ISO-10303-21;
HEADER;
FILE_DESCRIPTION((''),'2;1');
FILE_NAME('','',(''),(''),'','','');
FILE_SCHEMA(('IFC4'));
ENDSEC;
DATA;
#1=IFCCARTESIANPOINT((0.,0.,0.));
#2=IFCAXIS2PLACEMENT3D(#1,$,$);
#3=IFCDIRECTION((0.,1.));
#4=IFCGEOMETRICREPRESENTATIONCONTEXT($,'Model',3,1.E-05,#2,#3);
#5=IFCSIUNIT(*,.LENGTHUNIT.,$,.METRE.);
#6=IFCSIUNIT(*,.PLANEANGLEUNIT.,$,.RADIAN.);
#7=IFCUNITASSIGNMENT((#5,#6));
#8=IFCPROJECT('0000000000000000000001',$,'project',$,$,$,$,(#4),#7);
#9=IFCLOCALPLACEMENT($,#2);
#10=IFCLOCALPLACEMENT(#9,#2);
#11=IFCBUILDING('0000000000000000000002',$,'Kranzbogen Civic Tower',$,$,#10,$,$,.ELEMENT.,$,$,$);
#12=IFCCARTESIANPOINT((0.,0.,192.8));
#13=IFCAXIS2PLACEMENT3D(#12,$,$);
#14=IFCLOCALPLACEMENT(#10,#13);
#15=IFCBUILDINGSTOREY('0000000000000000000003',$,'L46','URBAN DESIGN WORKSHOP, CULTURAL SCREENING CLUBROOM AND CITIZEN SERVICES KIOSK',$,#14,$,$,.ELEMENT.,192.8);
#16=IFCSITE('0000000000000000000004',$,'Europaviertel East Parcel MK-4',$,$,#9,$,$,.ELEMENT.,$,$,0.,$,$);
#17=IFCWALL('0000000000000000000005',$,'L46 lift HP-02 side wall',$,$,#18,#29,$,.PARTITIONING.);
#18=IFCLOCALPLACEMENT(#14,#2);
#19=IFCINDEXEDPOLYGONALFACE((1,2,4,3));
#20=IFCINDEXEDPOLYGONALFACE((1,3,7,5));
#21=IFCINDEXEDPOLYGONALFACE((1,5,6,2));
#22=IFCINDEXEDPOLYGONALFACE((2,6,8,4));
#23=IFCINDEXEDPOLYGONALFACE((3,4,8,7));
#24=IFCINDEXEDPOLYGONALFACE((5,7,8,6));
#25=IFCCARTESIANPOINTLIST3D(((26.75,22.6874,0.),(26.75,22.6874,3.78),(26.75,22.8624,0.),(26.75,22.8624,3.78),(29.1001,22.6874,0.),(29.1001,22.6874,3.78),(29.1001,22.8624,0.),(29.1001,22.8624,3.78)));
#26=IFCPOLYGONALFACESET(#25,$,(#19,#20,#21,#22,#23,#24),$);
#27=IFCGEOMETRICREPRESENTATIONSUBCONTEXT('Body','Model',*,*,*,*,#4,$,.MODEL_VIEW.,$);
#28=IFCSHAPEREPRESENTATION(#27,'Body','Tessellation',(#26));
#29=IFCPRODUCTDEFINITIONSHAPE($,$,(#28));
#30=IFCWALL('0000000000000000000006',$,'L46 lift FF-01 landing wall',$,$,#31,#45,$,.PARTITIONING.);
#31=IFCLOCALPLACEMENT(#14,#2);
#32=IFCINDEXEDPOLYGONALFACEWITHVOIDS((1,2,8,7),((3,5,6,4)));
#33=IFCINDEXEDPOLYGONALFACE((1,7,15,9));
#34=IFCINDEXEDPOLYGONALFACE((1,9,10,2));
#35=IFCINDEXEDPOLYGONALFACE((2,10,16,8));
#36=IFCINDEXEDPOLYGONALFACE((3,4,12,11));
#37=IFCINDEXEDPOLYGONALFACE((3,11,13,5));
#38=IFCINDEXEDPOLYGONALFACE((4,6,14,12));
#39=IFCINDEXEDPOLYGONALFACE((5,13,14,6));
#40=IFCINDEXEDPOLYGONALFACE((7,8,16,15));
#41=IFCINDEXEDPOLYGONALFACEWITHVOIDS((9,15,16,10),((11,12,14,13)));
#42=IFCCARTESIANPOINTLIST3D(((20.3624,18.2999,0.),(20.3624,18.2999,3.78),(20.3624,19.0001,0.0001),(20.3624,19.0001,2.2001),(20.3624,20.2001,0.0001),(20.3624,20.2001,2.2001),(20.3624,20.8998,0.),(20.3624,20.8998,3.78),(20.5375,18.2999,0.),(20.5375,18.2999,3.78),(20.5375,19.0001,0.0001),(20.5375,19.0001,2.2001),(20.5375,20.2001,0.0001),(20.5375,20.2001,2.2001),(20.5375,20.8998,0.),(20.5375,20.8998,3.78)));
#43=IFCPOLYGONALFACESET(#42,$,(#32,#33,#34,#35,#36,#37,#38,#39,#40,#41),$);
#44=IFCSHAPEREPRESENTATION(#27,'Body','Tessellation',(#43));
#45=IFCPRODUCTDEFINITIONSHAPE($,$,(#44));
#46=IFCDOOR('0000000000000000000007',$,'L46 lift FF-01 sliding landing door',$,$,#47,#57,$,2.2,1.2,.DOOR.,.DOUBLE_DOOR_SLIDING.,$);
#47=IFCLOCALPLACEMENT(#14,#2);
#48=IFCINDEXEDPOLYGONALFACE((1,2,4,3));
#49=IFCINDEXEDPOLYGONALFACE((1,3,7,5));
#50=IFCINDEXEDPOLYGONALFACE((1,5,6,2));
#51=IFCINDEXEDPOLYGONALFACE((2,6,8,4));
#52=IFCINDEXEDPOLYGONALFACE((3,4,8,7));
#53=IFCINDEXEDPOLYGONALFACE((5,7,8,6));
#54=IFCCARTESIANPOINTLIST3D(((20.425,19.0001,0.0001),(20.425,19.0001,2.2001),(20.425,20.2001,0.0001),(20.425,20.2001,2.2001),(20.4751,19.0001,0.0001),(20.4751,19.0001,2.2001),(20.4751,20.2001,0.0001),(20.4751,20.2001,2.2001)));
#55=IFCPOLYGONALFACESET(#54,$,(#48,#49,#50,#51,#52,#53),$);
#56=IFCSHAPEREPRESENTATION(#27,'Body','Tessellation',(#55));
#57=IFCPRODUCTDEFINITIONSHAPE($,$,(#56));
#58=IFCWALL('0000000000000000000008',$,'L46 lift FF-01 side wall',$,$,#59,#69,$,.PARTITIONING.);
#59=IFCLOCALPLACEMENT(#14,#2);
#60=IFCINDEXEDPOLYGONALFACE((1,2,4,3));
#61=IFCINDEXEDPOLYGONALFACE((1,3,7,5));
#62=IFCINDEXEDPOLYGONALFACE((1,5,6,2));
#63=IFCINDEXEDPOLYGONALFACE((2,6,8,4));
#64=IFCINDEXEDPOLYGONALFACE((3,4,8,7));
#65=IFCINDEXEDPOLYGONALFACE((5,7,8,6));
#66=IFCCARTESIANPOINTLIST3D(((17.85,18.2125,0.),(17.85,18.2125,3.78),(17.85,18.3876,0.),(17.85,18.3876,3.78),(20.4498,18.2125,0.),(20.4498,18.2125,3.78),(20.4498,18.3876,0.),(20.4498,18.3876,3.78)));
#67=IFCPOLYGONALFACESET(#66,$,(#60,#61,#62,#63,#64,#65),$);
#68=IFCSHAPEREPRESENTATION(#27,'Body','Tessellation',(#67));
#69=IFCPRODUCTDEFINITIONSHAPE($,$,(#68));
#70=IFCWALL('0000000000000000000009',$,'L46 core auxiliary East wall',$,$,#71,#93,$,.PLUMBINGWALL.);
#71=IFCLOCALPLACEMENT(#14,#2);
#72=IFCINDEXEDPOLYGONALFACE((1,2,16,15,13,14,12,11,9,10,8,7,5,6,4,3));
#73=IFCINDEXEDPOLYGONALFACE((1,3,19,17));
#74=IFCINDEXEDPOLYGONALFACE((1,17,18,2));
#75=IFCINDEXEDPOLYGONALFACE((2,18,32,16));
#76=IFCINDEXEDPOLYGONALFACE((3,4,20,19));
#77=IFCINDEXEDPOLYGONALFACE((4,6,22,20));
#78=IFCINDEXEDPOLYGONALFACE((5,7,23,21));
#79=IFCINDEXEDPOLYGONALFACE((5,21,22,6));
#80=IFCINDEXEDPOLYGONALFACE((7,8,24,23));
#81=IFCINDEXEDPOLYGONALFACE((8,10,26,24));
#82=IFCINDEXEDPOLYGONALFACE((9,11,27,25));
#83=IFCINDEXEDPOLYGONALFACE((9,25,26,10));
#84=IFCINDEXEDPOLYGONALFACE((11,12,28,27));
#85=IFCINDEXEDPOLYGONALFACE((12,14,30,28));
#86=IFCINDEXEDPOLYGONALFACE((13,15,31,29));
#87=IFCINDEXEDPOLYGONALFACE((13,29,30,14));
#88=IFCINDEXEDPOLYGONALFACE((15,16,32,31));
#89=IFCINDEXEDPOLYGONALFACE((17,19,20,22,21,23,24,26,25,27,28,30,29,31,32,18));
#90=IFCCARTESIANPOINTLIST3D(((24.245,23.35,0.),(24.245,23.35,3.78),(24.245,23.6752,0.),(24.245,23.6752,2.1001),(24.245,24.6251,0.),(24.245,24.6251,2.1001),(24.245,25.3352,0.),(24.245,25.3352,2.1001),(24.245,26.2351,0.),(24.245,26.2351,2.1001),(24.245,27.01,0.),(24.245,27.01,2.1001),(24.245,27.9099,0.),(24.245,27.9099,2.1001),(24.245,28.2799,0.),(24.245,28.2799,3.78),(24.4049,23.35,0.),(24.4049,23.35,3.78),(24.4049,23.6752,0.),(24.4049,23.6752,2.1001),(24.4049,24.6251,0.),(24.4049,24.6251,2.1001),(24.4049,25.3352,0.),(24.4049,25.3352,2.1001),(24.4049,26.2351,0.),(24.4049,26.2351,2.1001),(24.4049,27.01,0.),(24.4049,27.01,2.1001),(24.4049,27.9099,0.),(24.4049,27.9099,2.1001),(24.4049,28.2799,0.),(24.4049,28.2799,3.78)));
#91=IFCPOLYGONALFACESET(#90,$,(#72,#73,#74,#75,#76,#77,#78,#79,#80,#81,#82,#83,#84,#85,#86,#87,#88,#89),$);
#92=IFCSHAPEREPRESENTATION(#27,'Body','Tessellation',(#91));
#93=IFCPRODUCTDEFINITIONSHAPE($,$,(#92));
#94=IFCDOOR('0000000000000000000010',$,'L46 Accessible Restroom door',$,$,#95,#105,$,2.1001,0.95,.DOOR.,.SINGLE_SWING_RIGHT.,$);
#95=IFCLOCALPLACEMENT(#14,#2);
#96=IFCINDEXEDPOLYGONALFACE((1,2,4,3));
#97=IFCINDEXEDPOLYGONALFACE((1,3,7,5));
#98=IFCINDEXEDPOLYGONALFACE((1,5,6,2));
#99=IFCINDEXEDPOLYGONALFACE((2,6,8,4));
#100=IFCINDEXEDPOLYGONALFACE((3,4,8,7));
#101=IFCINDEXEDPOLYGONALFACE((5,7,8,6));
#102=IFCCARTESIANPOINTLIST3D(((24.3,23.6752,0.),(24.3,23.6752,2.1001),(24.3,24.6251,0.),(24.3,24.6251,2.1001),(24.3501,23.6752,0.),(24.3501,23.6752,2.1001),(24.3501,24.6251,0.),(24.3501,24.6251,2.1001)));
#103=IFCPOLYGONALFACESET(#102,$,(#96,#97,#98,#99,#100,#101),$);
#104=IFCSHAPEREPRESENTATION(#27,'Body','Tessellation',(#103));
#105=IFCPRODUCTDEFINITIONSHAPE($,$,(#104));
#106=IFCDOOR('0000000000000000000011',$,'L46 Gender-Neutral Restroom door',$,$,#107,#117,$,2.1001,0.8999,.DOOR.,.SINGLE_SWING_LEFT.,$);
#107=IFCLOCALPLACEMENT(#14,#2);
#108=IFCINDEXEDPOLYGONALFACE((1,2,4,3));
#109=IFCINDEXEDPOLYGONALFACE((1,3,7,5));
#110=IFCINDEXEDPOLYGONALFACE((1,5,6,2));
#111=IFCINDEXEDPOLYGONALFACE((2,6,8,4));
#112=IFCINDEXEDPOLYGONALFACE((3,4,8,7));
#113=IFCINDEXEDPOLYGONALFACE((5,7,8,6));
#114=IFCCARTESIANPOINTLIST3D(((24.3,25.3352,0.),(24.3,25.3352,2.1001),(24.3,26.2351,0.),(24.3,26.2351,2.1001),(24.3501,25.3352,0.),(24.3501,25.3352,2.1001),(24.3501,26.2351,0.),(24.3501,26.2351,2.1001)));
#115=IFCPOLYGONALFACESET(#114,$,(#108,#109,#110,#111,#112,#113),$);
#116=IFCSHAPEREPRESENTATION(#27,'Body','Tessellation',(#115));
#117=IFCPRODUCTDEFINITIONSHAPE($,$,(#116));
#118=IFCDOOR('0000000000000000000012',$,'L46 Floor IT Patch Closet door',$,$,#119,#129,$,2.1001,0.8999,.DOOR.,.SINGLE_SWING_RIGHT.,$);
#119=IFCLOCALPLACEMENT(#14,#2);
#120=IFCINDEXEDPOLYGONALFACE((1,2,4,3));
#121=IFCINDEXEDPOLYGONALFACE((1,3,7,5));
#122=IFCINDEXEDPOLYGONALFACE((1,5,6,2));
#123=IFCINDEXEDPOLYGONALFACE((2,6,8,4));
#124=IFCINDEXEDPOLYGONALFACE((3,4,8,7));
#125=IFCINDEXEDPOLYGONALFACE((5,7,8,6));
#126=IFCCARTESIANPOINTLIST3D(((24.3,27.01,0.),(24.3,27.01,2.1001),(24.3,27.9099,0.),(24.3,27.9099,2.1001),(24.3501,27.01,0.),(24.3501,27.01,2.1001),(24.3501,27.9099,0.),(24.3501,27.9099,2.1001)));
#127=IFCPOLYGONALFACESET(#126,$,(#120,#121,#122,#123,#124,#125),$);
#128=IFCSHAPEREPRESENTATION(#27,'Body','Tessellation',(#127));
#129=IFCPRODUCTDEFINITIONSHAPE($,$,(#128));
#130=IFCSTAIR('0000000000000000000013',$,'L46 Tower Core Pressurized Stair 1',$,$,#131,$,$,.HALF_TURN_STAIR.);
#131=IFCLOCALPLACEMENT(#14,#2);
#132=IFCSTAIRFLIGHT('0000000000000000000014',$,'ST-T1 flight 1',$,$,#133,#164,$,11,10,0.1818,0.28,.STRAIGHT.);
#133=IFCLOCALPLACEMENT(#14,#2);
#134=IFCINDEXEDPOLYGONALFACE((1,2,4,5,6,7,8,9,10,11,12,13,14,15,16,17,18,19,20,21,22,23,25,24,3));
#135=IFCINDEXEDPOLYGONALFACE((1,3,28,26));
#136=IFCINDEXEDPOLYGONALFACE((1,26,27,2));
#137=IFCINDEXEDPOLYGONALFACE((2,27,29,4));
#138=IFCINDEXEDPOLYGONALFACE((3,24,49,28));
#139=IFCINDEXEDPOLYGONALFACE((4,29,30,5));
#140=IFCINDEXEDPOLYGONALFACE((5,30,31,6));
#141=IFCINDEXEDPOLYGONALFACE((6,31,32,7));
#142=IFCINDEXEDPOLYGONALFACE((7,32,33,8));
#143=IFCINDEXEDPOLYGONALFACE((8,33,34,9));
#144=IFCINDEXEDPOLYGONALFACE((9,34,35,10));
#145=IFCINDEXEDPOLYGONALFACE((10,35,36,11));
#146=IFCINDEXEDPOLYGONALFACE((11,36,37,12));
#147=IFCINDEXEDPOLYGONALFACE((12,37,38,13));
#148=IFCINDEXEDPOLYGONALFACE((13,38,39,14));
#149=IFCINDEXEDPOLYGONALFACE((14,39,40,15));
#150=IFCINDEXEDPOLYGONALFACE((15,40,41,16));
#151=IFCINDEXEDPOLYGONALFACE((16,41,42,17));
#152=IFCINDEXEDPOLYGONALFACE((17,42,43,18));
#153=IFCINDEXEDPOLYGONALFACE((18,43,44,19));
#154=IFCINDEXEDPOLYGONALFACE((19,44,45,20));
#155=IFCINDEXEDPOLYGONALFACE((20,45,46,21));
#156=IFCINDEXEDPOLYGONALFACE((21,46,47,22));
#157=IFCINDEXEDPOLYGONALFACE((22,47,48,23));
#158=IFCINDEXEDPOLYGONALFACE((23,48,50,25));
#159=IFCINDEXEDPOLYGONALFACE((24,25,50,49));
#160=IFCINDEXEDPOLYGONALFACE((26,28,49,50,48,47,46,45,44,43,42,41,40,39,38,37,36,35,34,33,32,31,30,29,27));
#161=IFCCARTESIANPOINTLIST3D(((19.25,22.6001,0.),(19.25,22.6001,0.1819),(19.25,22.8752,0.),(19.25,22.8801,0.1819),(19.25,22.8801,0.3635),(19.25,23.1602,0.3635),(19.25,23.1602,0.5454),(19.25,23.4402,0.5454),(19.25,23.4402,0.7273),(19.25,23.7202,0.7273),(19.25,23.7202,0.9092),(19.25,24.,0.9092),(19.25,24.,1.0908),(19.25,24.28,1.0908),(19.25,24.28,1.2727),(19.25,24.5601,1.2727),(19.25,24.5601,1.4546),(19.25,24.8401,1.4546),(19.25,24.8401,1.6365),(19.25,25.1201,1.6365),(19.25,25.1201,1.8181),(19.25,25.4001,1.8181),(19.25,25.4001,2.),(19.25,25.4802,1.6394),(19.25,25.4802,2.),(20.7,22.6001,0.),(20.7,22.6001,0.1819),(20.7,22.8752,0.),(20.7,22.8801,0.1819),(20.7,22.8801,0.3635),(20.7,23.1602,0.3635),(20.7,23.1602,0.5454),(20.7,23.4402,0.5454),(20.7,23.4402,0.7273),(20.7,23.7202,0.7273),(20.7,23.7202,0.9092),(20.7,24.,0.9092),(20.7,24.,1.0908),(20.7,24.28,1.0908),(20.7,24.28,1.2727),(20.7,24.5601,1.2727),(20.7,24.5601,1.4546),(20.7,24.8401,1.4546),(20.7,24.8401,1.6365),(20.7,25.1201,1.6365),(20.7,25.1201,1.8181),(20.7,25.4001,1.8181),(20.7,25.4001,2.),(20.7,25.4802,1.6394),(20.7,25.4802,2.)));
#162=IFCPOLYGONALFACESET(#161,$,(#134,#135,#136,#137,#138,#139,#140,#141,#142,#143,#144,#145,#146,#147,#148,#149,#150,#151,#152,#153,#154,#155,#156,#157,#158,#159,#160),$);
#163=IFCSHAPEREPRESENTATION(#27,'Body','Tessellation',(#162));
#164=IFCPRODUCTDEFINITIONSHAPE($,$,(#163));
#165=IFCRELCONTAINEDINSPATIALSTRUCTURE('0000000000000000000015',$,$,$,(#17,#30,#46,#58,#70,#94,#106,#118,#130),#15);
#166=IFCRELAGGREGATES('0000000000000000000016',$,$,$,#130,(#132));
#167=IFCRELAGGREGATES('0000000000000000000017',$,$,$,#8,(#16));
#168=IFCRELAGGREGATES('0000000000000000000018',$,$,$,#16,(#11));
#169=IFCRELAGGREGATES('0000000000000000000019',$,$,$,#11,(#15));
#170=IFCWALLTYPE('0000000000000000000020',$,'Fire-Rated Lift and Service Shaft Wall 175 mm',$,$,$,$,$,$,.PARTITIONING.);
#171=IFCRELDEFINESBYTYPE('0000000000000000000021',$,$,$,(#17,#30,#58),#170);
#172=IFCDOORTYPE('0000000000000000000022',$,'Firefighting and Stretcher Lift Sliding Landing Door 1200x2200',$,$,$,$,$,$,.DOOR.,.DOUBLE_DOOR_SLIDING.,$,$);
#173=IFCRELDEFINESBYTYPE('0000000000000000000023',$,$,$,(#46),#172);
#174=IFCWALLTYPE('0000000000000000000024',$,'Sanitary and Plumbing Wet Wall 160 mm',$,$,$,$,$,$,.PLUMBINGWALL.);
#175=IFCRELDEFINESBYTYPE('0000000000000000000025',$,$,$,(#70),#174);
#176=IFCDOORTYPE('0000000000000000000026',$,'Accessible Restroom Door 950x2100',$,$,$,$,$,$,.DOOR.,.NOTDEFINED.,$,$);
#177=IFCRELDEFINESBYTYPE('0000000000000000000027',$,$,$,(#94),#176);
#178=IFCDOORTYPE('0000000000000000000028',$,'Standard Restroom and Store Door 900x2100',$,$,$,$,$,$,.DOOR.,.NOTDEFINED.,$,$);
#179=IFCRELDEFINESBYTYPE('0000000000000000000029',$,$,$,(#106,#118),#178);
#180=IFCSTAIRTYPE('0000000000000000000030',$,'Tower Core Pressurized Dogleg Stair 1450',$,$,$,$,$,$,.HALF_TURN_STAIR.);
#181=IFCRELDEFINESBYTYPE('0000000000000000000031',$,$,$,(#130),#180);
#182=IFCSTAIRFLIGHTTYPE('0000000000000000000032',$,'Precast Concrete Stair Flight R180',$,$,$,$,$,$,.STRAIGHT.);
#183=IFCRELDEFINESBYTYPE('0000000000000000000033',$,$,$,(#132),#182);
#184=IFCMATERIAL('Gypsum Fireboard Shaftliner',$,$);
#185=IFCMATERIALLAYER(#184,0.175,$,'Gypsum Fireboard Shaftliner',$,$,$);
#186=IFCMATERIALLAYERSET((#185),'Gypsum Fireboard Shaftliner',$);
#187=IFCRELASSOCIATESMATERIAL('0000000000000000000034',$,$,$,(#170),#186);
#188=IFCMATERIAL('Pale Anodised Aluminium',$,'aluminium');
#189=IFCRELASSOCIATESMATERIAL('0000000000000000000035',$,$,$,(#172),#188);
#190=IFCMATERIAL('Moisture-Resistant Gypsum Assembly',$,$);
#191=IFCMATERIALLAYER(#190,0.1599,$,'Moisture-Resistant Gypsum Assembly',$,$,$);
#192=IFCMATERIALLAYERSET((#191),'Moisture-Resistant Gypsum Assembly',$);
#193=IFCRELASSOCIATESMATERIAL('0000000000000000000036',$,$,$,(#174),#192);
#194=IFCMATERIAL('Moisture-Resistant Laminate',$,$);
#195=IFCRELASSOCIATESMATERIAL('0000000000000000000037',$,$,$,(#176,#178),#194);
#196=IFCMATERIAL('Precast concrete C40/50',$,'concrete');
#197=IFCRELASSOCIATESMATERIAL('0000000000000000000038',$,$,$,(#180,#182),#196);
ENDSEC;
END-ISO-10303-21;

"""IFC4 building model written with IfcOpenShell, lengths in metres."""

from ifc_helpers import new_model, si_unit, direction, frame, frame_2d, origin, place, context, subcontext, project, spatial, polyline, rectangle, outline, extrude, material, layer, layer_set, type_object, element, fill, aggregate, save


model = new_model("IFC4")

# Units and contexts
model_context = context("Model", 3, precision=1e-05, world=origin(), true_north=direction((0.0, 1.0)))
body_context = subcontext(model_context, "Body", "Model", "MODEL_VIEW")
ifc_project = project(units=[si_unit("LENGTHUNIT", "METRE"), si_unit("PLANEANGLEUNIT", "RADIAN")], contexts=[model_context])

# Site, building, storey
site_placement = place(None, origin())
site = spatial("IfcSite", under=ifc_project, at=site_placement, Name="Europaviertel East Parcel MK-4", CompositionType="ELEMENT", RefElevation=0.0)
building_placement = place(site_placement, origin())
building = spatial("IfcBuilding", under=site, at=building_placement, Name="Kranzbogen Civic Tower", CompositionType="ELEMENT")
storey_placement = place(building_placement, frame((0.0, 0.0, 192.8)))
storey = spatial("IfcBuildingStorey", under=building, at=storey_placement, Name="L46", Description="URBAN DESIGN WORKSHOP, CULTURAL SCREENING CLUBROOM AND CITIZEN SERVICES KIOSK", CompositionType="ELEMENT", Elevation=192.8)

# Shared definitions
ifc_material_1 = material(Name="Gypsum Fireboard Shaftliner")
ifc_layer_1 = layer(ifc_material_1, 0.175, Name="Gypsum Fireboard Shaftliner")
ifc_layer_set_1 = layer_set([ifc_layer_1], Name="Gypsum Fireboard Shaftliner")
wall_type_1 = type_object("IfcWallType", Name="Fire-Rated Lift and Service Shaft Wall 175 mm", PredefinedType="PARTITIONING", material=ifc_layer_set_1)
ifc_material_2 = material(Name="Pale Anodised Aluminium", Category="aluminium")

# Wall
wall_1_placement = place(storey_placement, frame((26.75, 22.7749, 0.0), z_axis=(0.0, 0.0, 1.0), x_axis=(1.0, 0.0, 0.0)))
element("IfcWall", 1, at=wall_1_placement, inside=storey, type_object=wall_type_1, Name="L46 lift HP-02 side wall", PredefinedType="PARTITIONING", context=body_context, shape_type="SweptSolid", body=[
    extrude(rectangle(XDim=2.3501, YDim=0.175, at=frame_2d((1.175, 0.0))), origin(), (0.0, 0.0, 1.0), 3.78),
])

# Wall, opening, door
wall_2_placement = place(storey_placement, frame((20.45, 18.3, 0.0), z_axis=(0.0, 0.0, 1.0), x_axis=(0.0, 1.0, 0.0)))
wall_2 = element("IfcWall", 2, at=wall_2_placement, inside=storey, type_object=wall_type_1, Name="L46 lift FF-01 landing wall", PredefinedType="PARTITIONING", context=body_context, shape_type="SweptSolid", body=[
    extrude(rectangle(XDim=2.5999, YDim=0.175, at=frame_2d((1.2998, 0.0))), origin(), (0.0, 0.0, 1.0), 3.78),
])
opening_1_placement = place(wall_2_placement, frame((0.7, 0.0, 0.0)))
opening_1 = element("IfcOpeningElement", 3, at=opening_1_placement, cuts=wall_2, PredefinedType="OPENING", context=body_context, shape_type="SweptSolid", body=[
    extrude(rectangle(XDim=1.2, YDim=2.2, at=frame_2d((0.6001, 1.1001))), frame((0.0, 0.0977, 0.0), z_axis=(0.0, -1.0, 0.0), x_axis=(1.0, 0.0, 0.0)), (0.0, 0.0, 1.0), 0.1951),
])
door_type_1 = type_object("IfcDoorType", Name="Firefighting and Stretcher Lift Sliding Landing Door 1200x2200", OperationType="DOUBLE_DOOR_SLIDING", PredefinedType="DOOR", material=ifc_material_2)
door_1_placement = place(opening_1_placement, origin())
door_1 = element("IfcDoor", 4, at=door_1_placement, inside=storey, type_object=door_type_1, Name="L46 lift FF-01 sliding landing door", OperationType="DOUBLE_DOOR_SLIDING", OverallHeight=2.2, OverallWidth=1.2, PredefinedType="DOOR", context=body_context, shape_type="SweptSolid", body=[
    extrude(rectangle(XDim=1.2, YDim=2.2, at=frame_2d((0.6001, 1.1001))), frame((0.0, 0.0249, 0.0), z_axis=(0.0, -1.0, 0.0), x_axis=(1.0, 0.0, 0.0)), (0.0, 0.0, 1.0), 0.05),
])
fill(opening_1, door_1)

# Wall
wall_3_placement = place(storey_placement, frame((17.8501, 18.3, 0.0), z_axis=(0.0, 0.0, 1.0), x_axis=(1.0, 0.0, 0.0)))
element("IfcWall", 5, at=wall_3_placement, inside=storey, type_object=wall_type_1, Name="L46 lift FF-01 side wall", PredefinedType="PARTITIONING", context=body_context, shape_type="SweptSolid", body=[
    extrude(rectangle(XDim=2.5999, YDim=0.175, at=frame_2d((1.2998, 0.0))), origin(), (0.0, 0.0, 1.0), 3.78),
])

# Wall, openings, doors
ifc_material_3 = material(Name="Moisture-Resistant Gypsum Assembly")
ifc_layer_2 = layer(ifc_material_3, 0.1599, Name="Moisture-Resistant Gypsum Assembly")
ifc_layer_set_2 = layer_set([ifc_layer_2], Name="Moisture-Resistant Gypsum Assembly")
wall_type_2 = type_object("IfcWallType", Name="Sanitary and Plumbing Wet Wall 160 mm", PredefinedType="PLUMBINGWALL", material=ifc_layer_set_2)
wall_4_placement = place(storey_placement, frame((24.325, 23.3501, 0.0), z_axis=(0.0, 0.0, 1.0), x_axis=(0.0, 1.0, 0.0)))
wall_4 = element("IfcWall", 6, at=wall_4_placement, inside=storey, type_object=wall_type_2, Name="L46 core auxiliary East wall", PredefinedType="PLUMBINGWALL", context=body_context, shape_type="SweptSolid", body=[
    extrude(rectangle(XDim=4.9299, YDim=0.1599, at=frame_2d((2.4648, 0.0))), origin(), (0.0, 0.0, 1.0), 3.78),
])
opening_2_placement = place(wall_4_placement, frame((0.325, 0.0, 0.0)))
opening_2 = element("IfcOpeningElement", 7, at=opening_2_placement, cuts=wall_4, PredefinedType="OPENING", context=body_context, shape_type="SweptSolid", body=[
    extrude(rectangle(XDim=0.95, YDim=2.1001, at=frame_2d((0.4751, 1.05))), frame((0.0, 0.0898, 0.0), z_axis=(0.0, -1.0, 0.0), x_axis=(1.0, 0.0, 0.0)), (0.0, 0.0, 1.0), 0.1799),
])
opening_3_placement = place(wall_4_placement, frame((1.9851, 0.0, 0.0)))
opening_3 = element("IfcOpeningElement", 8, at=opening_3_placement, cuts=wall_4, PredefinedType="OPENING", context=body_context, shape_type="SweptSolid", body=[
    extrude(rectangle(XDim=0.8999, YDim=2.1001, at=frame_2d((0.45, 1.05))), frame((0.0, 0.0898, 0.0), z_axis=(0.0, -1.0, 0.0), x_axis=(1.0, 0.0, 0.0)), (0.0, 0.0, 1.0), 0.1799),
])
opening_4_placement = place(wall_4_placement, frame((3.6599, 0.0, 0.0)))
opening_4 = element("IfcOpeningElement", 9, at=opening_4_placement, cuts=wall_4, PredefinedType="OPENING", context=body_context, shape_type="SweptSolid", body=[
    extrude(rectangle(XDim=0.8999, YDim=2.1001, at=frame_2d((0.45, 1.05))), frame((0.0, 0.0898, 0.0), z_axis=(0.0, -1.0, 0.0), x_axis=(1.0, 0.0, 0.0)), (0.0, 0.0, 1.0), 0.1799),
])
ifc_material_4 = material(Name="Moisture-Resistant Laminate")
door_type_2 = type_object("IfcDoorType", Name="Accessible Restroom Door 950x2100", OperationType="NOTDEFINED", PredefinedType="DOOR", material=ifc_material_4)
door_2_placement = place(opening_2_placement, origin())
door_2 = element("IfcDoor", 10, at=door_2_placement, inside=storey, type_object=door_type_2, Name="L46 Accessible Restroom door", OperationType="SINGLE_SWING_RIGHT", OverallHeight=2.1001, OverallWidth=0.95, PredefinedType="DOOR", context=body_context, shape_type="SweptSolid", body=[
    extrude(rectangle(XDim=0.95, YDim=2.1001, at=frame_2d((0.4751, 1.05))), frame((0.0, 0.0249, 0.0), z_axis=(0.0, -1.0, 0.0), x_axis=(1.0, 0.0, 0.0)), (0.0, 0.0, 1.0), 0.05),
])
fill(opening_2, door_2)
door_type_3 = type_object("IfcDoorType", Name="Standard Restroom and Store Door 900x2100", OperationType="NOTDEFINED", PredefinedType="DOOR", material=ifc_material_4)
door_3_placement = place(opening_3_placement, origin())
door_3 = element("IfcDoor", 11, at=door_3_placement, inside=storey, type_object=door_type_3, Name="L46 Gender-Neutral Restroom door", OperationType="SINGLE_SWING_LEFT", OverallHeight=2.1001, OverallWidth=0.8999, PredefinedType="DOOR", context=body_context, shape_type="SweptSolid", body=[
    extrude(rectangle(XDim=0.8999, YDim=2.1001, at=frame_2d((0.45, 1.05))), frame((0.0, 0.0249, 0.0), z_axis=(0.0, -1.0, 0.0), x_axis=(1.0, 0.0, 0.0)), (0.0, 0.0, 1.0), 0.05),
])
fill(opening_3, door_3)
door_4_placement = place(opening_4_placement, origin())
door_4 = element("IfcDoor", 12, at=door_4_placement, inside=storey, type_object=door_type_3, Name="L46 Floor IT Patch Closet door", OperationType="SINGLE_SWING_RIGHT", OverallHeight=2.1001, OverallWidth=0.8999, PredefinedType="DOOR", context=body_context, shape_type="SweptSolid", body=[
    extrude(rectangle(XDim=0.8999, YDim=2.1001, at=frame_2d((0.45, 1.05))), frame((0.0, 0.0249, 0.0), z_axis=(0.0, -1.0, 0.0), x_axis=(1.0, 0.0, 0.0)), (0.0, 0.0, 1.0), 0.05),
])
fill(opening_4, door_4)

# Stair, stair flight
ifc_material_5 = material(Name="Precast concrete C40/50", Category="concrete")
stair_type = type_object("IfcStairType", Name="Tower Core Pressurized Dogleg Stair 1450", PredefinedType="HALF_TURN_STAIR", material=ifc_material_5)
stair_placement = place(storey_placement, origin())
stair = element("IfcStair", 13, at=stair_placement, inside=storey, type_object=stair_type, Name="L46 Tower Core Pressurized Stair 1", PredefinedType="HALF_TURN_STAIR")
stair_flight_type = type_object("IfcStairFlightType", Name="Precast Concrete Stair Flight R180", PredefinedType="STRAIGHT", material=ifc_material_5)
stair_flight_placement = place(storey_placement, frame((19.9751, 22.6001, 0.0), z_axis=(0.0, 0.0, 1.0), x_axis=(0.0, 1.0, 0.0)))
stair_flight = element("IfcStairFlight", 14, at=stair_flight_placement, type_object=stair_flight_type, Name="ST-T1 flight 1", NumberOfRisers=11, NumberOfTreads=10, PredefinedType="STRAIGHT", RiserHeight=0.1818, TreadLength=0.28, context=body_context, shape_type="SweptSolid", body=[
    extrude(outline(polyline([(0.0, 0.0), (0.0, 0.1819), (0.28, 0.1819), (0.28, 0.3635), (0.5601, 0.3635), (0.5601, 0.5454), (0.8401, 0.5454), (0.8401, 0.7273), (1.1201, 0.7273), (1.1201, 0.9092), (1.3999, 0.9092), (1.3999, 1.0908), (1.6799, 1.0908), (1.6799, 1.2727), (1.96, 1.2727), (1.96, 1.4546), (2.24, 1.4546), (2.24, 1.6365), (2.52, 1.6365), (2.52, 1.8181), (2.8, 1.8181), (2.8, 2.0), (2.8801, 2.0), (2.8801, 1.6394), (0.2751, 0.0), (0.0, 0.0)])), frame((0.0, 0.7251, 0.0), z_axis=(0.0, -1.0, 0.0), x_axis=(1.0, 0.0, 0.0)), (0.0, 0.0, 1.0), 1.45),
])
aggregate(stair, [stair_flight])

save(model, "model.ifc")
